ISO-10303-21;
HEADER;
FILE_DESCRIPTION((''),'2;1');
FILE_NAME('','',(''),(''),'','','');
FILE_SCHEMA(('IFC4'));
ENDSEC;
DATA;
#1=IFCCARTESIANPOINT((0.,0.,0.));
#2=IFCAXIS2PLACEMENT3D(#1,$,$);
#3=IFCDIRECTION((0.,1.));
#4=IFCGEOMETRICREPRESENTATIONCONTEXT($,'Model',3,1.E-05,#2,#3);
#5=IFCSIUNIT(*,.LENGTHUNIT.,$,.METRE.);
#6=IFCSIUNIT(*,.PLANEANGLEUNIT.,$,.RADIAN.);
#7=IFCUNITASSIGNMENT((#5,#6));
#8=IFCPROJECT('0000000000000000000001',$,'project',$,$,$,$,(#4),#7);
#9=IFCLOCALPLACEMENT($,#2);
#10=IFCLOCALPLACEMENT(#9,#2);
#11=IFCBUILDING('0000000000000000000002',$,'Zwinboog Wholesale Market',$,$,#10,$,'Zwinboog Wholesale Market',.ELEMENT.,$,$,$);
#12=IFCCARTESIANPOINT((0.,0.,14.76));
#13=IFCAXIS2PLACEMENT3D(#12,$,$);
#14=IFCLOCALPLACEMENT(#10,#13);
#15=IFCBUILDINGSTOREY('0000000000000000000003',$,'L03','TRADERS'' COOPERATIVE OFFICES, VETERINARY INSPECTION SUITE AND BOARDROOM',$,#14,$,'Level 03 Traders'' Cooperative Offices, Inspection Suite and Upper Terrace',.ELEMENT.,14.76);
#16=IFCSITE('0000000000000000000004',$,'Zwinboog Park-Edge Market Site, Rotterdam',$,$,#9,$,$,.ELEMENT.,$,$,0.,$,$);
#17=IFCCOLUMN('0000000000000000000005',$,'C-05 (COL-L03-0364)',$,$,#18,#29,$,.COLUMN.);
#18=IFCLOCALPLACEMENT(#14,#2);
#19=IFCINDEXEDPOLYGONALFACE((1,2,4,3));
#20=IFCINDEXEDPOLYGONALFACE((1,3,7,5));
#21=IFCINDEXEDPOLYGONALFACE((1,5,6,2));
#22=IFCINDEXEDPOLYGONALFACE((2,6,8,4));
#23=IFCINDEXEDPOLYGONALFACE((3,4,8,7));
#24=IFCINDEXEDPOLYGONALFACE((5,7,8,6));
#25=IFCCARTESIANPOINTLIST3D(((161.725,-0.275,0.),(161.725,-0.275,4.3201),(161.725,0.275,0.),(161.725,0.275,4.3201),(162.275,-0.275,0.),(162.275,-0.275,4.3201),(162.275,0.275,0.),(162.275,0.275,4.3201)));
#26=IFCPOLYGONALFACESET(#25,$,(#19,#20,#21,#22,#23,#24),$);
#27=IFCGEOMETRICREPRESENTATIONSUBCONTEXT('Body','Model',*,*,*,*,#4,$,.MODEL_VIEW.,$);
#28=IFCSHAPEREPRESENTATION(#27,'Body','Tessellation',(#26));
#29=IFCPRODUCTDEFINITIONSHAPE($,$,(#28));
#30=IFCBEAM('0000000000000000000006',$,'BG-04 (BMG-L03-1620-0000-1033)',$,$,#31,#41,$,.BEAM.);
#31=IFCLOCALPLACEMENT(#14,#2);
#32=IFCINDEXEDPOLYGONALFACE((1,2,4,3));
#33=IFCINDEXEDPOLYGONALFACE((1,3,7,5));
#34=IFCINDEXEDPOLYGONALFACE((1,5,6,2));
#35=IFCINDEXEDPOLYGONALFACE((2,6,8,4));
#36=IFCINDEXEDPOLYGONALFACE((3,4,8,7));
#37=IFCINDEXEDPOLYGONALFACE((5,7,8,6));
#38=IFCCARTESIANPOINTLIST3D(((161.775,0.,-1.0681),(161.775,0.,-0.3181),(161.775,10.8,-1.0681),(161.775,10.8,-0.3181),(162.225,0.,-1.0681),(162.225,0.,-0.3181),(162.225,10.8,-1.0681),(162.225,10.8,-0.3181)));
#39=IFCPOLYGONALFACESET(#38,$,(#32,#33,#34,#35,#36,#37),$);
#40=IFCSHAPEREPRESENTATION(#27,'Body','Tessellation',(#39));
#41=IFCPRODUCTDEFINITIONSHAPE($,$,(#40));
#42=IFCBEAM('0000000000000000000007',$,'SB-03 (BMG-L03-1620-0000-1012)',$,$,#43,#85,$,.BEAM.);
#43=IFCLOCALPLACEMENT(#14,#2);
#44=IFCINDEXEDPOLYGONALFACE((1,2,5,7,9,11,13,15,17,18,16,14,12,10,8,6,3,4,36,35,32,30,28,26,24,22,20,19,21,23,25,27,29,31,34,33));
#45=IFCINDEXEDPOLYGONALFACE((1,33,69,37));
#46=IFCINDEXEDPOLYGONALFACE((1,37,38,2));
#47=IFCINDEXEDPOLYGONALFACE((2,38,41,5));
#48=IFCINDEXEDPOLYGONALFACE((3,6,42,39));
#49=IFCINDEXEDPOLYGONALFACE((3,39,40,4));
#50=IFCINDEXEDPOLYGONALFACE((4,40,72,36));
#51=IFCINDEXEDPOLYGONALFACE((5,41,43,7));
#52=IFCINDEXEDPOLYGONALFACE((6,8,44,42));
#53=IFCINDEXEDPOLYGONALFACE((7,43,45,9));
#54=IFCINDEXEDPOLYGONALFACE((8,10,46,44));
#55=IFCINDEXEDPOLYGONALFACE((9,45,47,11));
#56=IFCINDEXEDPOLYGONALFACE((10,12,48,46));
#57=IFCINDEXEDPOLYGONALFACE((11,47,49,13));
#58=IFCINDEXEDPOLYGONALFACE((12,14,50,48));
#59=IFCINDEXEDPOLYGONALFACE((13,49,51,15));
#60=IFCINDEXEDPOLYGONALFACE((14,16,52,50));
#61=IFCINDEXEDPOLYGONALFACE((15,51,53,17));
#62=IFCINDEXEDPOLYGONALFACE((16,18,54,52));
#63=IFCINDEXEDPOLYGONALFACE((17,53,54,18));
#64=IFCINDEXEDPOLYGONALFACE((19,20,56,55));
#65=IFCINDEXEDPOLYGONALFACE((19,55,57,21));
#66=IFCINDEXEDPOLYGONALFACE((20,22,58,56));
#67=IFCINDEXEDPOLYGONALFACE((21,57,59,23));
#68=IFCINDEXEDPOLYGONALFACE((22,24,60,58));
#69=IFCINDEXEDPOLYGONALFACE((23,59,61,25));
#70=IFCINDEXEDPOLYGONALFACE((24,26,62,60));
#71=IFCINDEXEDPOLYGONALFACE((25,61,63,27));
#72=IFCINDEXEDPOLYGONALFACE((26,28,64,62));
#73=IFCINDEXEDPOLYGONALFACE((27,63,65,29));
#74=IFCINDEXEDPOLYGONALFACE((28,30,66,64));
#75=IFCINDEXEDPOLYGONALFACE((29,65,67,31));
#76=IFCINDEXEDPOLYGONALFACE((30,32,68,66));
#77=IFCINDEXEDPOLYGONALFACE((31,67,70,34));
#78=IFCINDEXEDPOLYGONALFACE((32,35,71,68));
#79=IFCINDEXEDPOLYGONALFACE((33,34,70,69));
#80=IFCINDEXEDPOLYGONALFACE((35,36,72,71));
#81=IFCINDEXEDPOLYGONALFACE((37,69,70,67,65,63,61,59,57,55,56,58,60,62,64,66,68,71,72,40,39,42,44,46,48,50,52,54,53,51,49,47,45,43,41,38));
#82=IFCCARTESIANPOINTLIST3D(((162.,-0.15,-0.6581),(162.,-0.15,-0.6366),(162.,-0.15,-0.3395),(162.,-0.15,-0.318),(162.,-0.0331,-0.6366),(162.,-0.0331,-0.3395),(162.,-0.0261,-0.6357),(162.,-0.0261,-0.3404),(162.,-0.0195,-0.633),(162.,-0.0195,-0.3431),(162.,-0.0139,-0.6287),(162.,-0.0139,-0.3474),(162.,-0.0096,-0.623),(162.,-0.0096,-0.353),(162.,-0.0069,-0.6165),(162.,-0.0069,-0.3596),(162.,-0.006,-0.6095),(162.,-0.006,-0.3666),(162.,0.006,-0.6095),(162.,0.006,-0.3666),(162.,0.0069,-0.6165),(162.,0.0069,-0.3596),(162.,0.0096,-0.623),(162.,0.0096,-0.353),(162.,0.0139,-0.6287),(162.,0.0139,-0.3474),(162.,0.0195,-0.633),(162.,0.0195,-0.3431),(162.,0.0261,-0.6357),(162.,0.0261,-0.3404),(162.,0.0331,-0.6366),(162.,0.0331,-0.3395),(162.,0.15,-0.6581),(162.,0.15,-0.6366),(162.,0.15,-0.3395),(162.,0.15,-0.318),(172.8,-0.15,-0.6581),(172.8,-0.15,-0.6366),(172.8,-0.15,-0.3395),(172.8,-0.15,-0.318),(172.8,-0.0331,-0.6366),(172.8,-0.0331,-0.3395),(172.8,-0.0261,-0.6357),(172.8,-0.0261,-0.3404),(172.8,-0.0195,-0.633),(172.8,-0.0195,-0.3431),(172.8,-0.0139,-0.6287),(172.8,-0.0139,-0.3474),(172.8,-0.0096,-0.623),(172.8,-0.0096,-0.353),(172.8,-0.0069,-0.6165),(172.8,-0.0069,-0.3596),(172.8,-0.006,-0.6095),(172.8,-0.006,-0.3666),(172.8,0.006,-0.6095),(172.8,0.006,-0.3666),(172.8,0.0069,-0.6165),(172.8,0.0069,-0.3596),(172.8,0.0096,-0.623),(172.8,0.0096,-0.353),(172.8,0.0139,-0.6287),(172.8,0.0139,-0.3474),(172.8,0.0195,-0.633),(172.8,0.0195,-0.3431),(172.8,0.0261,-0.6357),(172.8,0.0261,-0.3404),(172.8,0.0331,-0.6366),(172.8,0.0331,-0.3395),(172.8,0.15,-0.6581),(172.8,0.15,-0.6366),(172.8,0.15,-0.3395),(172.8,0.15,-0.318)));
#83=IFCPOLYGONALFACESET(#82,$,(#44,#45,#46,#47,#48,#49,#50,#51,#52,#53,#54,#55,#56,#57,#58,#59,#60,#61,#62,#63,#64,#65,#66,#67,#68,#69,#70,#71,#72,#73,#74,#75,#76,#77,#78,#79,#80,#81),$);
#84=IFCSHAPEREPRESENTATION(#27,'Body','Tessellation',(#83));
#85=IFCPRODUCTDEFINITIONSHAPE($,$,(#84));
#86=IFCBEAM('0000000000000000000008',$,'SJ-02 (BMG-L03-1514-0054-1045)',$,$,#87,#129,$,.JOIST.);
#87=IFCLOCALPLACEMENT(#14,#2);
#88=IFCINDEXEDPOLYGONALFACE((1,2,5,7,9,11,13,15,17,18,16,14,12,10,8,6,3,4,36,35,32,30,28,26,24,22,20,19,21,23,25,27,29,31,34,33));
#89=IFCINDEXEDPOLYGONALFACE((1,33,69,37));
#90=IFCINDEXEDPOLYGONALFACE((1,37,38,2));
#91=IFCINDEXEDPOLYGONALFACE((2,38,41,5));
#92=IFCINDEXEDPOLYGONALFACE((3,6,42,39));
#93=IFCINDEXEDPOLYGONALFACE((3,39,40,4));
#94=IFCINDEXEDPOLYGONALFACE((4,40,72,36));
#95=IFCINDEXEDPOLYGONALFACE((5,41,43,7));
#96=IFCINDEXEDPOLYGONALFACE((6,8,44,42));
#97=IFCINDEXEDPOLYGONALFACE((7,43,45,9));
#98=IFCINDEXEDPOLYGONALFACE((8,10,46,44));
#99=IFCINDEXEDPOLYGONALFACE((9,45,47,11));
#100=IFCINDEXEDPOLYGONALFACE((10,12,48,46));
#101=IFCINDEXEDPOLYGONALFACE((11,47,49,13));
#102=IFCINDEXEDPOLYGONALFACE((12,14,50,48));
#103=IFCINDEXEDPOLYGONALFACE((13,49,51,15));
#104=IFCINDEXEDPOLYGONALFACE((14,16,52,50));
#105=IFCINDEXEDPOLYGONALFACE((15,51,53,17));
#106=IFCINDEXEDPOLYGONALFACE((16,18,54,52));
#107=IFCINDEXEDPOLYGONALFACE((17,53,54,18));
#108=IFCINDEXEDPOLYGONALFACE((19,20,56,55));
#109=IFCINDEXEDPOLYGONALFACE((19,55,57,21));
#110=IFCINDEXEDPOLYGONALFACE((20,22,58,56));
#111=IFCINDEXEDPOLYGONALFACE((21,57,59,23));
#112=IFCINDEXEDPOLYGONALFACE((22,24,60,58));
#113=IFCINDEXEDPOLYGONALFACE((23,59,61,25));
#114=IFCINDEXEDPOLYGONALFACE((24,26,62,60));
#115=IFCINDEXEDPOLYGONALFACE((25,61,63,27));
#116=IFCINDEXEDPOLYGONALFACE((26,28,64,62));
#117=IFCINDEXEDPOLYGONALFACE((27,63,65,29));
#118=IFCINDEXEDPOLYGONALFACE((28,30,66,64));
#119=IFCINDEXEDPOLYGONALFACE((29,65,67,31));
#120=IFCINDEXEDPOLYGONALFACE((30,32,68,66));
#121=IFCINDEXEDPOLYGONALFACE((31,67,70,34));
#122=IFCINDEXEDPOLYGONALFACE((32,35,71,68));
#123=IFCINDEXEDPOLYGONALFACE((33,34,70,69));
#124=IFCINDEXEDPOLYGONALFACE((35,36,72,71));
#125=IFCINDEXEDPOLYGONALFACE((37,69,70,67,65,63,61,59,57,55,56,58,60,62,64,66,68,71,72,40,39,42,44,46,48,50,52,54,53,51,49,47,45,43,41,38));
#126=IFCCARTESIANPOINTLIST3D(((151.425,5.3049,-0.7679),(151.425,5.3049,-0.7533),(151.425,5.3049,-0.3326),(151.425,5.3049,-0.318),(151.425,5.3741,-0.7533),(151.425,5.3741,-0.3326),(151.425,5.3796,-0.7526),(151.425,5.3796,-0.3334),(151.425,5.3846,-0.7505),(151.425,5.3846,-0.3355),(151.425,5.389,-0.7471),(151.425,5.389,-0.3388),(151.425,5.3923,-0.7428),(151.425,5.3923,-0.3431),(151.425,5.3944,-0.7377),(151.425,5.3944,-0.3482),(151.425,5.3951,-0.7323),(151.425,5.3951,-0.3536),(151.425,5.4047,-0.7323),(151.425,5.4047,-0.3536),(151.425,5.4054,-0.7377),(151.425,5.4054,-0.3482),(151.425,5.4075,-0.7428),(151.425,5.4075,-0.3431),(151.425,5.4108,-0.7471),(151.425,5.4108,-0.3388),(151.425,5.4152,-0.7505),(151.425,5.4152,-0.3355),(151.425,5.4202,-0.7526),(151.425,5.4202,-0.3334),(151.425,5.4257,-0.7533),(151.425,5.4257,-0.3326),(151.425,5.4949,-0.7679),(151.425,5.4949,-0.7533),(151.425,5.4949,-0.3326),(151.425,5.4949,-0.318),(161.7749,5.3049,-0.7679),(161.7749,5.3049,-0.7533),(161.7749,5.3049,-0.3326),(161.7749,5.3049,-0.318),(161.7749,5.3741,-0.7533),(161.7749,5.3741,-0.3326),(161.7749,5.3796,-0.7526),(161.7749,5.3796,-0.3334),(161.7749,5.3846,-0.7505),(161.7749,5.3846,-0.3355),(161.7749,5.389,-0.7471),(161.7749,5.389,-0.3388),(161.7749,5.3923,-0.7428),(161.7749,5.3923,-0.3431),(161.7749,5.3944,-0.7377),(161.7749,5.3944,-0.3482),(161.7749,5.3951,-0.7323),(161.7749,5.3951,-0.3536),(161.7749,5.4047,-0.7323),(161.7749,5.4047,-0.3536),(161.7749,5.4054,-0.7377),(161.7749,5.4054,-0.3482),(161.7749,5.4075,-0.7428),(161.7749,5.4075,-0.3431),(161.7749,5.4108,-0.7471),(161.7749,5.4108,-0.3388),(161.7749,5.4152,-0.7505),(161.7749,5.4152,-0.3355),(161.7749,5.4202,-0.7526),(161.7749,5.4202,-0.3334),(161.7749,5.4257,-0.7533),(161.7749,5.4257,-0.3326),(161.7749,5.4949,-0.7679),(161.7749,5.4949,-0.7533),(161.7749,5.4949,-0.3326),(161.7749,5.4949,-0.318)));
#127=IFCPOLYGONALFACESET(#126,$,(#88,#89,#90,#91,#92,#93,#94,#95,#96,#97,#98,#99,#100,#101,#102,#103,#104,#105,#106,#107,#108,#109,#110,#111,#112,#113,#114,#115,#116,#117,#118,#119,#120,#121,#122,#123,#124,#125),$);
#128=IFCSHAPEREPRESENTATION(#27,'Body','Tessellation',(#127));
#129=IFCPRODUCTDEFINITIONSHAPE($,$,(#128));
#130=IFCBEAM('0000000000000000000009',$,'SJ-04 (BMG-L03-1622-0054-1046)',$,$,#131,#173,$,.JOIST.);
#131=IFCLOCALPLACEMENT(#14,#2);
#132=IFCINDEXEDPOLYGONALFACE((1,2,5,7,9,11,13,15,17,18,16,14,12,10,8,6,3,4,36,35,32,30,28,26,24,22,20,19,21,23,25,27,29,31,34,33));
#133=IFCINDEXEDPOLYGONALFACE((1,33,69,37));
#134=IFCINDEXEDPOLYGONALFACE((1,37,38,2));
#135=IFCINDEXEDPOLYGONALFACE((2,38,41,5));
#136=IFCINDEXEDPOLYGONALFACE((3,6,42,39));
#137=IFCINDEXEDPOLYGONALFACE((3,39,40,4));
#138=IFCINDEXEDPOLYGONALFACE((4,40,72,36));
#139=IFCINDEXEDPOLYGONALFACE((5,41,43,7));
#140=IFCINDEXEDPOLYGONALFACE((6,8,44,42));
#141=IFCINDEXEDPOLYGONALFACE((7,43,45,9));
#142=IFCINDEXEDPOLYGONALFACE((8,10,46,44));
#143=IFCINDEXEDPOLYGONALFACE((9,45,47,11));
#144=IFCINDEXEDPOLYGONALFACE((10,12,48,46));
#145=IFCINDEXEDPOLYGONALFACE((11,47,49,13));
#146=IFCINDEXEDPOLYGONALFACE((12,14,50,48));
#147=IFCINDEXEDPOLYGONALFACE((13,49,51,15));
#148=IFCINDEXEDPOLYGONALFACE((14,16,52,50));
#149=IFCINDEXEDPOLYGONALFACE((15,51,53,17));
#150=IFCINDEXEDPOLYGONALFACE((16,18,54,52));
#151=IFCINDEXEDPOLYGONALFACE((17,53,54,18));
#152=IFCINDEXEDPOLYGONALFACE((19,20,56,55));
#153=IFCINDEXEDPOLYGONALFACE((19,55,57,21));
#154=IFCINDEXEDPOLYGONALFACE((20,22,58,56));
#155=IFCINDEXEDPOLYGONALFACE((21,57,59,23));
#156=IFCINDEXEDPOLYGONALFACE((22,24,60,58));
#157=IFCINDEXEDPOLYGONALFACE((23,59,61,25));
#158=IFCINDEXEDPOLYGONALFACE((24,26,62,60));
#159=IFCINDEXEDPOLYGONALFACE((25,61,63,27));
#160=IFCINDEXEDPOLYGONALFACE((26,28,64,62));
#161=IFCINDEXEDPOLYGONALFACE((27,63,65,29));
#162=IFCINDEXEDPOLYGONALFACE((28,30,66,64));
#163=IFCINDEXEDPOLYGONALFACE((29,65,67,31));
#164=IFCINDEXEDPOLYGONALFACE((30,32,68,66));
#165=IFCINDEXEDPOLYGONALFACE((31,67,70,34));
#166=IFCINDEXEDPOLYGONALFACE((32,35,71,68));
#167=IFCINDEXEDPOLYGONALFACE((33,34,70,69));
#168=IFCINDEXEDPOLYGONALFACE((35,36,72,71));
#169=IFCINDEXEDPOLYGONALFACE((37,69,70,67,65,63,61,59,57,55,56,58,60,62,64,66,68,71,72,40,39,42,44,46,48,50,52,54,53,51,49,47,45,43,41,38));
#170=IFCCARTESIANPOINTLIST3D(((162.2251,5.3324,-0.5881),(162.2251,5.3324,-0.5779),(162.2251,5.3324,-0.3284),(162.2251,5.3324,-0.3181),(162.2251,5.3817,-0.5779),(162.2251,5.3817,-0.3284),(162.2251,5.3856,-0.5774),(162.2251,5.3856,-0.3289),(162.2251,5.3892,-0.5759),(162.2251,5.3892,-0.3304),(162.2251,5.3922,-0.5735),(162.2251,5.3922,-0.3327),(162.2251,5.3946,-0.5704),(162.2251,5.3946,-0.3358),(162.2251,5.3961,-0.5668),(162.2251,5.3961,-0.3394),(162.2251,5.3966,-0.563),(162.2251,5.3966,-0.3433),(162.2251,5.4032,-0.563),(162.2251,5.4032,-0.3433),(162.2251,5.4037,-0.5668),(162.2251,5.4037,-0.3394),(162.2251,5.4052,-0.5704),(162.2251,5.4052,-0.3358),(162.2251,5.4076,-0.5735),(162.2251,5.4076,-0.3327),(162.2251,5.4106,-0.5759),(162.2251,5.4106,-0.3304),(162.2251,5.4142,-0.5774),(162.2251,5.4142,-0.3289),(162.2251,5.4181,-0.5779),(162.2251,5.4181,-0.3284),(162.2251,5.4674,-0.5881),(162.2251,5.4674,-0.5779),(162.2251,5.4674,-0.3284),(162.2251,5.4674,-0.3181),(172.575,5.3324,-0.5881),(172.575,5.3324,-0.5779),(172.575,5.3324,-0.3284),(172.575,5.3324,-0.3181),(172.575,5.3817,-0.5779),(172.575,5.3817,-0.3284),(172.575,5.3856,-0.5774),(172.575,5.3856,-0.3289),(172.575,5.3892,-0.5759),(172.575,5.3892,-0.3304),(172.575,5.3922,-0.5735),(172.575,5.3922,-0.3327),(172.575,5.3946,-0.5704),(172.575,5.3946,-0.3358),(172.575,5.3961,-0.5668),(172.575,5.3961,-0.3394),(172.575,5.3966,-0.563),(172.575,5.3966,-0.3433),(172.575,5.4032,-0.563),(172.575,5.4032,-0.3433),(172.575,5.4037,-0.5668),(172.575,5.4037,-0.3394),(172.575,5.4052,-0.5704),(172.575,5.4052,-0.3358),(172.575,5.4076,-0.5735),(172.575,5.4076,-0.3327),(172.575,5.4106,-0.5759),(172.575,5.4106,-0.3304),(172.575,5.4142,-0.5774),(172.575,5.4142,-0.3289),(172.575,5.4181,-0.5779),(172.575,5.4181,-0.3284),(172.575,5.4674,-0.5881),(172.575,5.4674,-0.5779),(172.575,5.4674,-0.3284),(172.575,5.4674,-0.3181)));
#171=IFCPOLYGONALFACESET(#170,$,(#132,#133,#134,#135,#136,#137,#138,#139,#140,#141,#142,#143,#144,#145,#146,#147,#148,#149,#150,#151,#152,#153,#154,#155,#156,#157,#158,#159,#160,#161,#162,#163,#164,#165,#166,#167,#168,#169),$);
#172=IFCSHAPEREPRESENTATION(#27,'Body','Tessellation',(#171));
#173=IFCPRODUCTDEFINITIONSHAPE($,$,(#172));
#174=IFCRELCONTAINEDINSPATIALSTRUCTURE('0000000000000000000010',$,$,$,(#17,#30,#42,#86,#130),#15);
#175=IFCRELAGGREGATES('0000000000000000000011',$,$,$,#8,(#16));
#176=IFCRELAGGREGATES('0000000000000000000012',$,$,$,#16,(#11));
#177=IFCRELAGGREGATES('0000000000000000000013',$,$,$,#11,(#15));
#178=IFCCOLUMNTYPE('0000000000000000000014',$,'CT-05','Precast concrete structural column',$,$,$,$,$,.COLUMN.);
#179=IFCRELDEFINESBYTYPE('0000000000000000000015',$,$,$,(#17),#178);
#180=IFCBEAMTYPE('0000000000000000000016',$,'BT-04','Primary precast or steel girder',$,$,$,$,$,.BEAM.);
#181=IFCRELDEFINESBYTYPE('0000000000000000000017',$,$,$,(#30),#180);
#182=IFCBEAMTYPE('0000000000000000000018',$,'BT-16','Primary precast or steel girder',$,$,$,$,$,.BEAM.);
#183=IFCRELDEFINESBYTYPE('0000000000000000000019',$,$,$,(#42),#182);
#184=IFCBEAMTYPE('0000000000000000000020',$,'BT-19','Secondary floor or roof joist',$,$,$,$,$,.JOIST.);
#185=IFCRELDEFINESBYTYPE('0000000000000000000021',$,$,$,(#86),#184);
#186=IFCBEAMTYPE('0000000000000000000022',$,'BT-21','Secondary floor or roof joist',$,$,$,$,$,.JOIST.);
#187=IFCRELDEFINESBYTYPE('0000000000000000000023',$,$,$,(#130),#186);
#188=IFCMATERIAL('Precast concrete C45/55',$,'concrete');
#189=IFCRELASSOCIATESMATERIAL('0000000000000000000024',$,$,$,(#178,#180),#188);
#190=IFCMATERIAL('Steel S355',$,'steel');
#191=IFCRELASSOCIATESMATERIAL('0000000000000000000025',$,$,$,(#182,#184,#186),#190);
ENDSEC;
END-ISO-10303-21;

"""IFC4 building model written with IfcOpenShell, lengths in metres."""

from ifc_helpers import new_model, si_unit, direction, frame, origin, origin_2d, place, context, subcontext, project, spatial, rectangle, i_section, extrude, material, material_profile, profile_set, type_object, element, save


model = new_model("IFC4")

# Units and contexts
model_context = context("Model", 3, precision=1e-05, world=origin(), true_north=direction((0.0, 1.0)))
body_context = subcontext(model_context, "Body", "Model", "MODEL_VIEW")
ifc_project = project(units=[si_unit("LENGTHUNIT", "METRE"), si_unit("PLANEANGLEUNIT", "RADIAN")], contexts=[model_context])

# Site, building, storey
site_placement = place(None, origin())
site = spatial("IfcSite", under=ifc_project, at=site_placement, Name="Zwinboog Park-Edge Market Site, Rotterdam", CompositionType="ELEMENT", RefElevation=0.0)
building_placement = place(site_placement, origin())
building = spatial("IfcBuilding", under=site, at=building_placement, Name="Zwinboog Wholesale Market", LongName="Zwinboog Wholesale Market", CompositionType="ELEMENT")
storey_placement = place(building_placement, frame((0.0, 0.0, 14.76)))
storey = spatial("IfcBuildingStorey", under=building, at=storey_placement, Name="L03", Description="TRADERS' COOPERATIVE OFFICES, VETERINARY INSPECTION SUITE AND BOARDROOM", LongName="Level 03 Traders' Cooperative Offices, Inspection Suite and Upper Terrace", CompositionType="ELEMENT", Elevation=14.76)

# Column
ifc_material_1 = material(Name="Precast concrete C45/55", Category="concrete")
ifc_material_profile_1 = material_profile(ifc_material_1, rectangle(XDim=0.55, YDim=0.55, at=origin_2d()), Name="PC 550x550")
ifc_profile_set_1 = profile_set([ifc_material_profile_1], Name="Precast concrete C45/55")
column_type = type_object("IfcColumnType", Name="CT-05", Description="Precast concrete structural column", PredefinedType="COLUMN", material=ifc_profile_set_1)
column_placement = place(storey_placement, frame((162.0, 0.0, 0.0), z_axis=(0.0, 0.0, 1.0), x_axis=(1.0, 0.0, 0.0)))
element("IfcColumn", 1, at=column_placement, inside=storey, type_object=column_type, Name="C-05 (COL-L03-0364)", PredefinedType="COLUMN", context=body_context, shape_type="SweptSolid", body=[
    extrude(rectangle(XDim=0.55, YDim=0.55, at=origin_2d()), origin(), (0.0, 0.0, 1.0), 4.3201),
])

# Beams
ifc_material_profile_2 = material_profile(ifc_material_1, rectangle(XDim=0.45, YDim=0.75, at=origin_2d()), Name="PC 450x750")
ifc_profile_set_2 = profile_set([ifc_material_profile_2], Name="Precast concrete C45/55")
beam_type_1 = type_object("IfcBeamType", Name="BT-04", Description="Primary precast or steel girder", PredefinedType="BEAM", material=ifc_profile_set_2)
beam_1_placement = place(storey_placement, frame((162.0, 0.0, -0.6931), z_axis=(0.0, 1.0, 0.0), x_axis=(-1.0, 0.0, 0.0)))
element("IfcBeam", 2, at=beam_1_placement, inside=storey, type_object=beam_type_1, Name="BG-04 (BMG-L03-1620-0000-1033)", PredefinedType="BEAM", context=body_context, shape_type="SweptSolid", body=[
    extrude(rectangle(XDim=0.45, YDim=0.75, at=origin_2d()), origin(), (0.0, 0.0, 1.0), 10.8),
])
ifc_material_2 = material(Name="Steel S355", Category="steel")
ifc_material_profile_3 = material_profile(ifc_material_2, i_section(OverallWidth=0.3, OverallDepth=0.3401, WebThickness=0.012, FlangeThickness=0.0215, FilletRadius=0.0271, at=origin_2d()), Name="HEB 340")
ifc_profile_set_3 = profile_set([ifc_material_profile_3], Name="Steel S355")
beam_type_2 = type_object("IfcBeamType", Name="BT-16", Description="Primary precast or steel girder", PredefinedType="BEAM", material=ifc_profile_set_3)
beam_2_placement = place(storey_placement, frame((162.0, 0.0, -0.488), z_axis=(1.0, 0.0, 0.0), x_axis=(0.0, 1.0, 0.0)))
element("IfcBeam", 3, at=beam_2_placement, inside=storey, type_object=beam_type_2, Name="SB-03 (BMG-L03-1620-0000-1012)", PredefinedType="BEAM", context=body_context, shape_type="SweptSolid", body=[
    extrude(i_section(OverallWidth=0.3, OverallDepth=0.3401, WebThickness=0.012, FlangeThickness=0.0215, FilletRadius=0.0271, at=origin_2d()), origin(), (0.0, 0.0, 1.0), 10.8),
])
ifc_material_profile_4 = material_profile(ifc_material_2, i_section(OverallWidth=0.1899, OverallDepth=0.45, WebThickness=0.0095, FlangeThickness=0.0146, FilletRadius=0.021, at=origin_2d()), Name="IPE 450")
ifc_profile_set_4 = profile_set([ifc_material_profile_4], Name="Steel S355")
beam_type_3 = type_object("IfcBeamType", Name="BT-19", Description="Secondary floor or roof joist", PredefinedType="JOIST", material=ifc_profile_set_4)
beam_3_placement = place(storey_placement, frame((151.425, 5.3999, -0.543), z_axis=(1.0, 0.0, 0.0), x_axis=(0.0, 1.0, 0.0)))
element("IfcBeam", 4, at=beam_3_placement, inside=storey, type_object=beam_type_3, Name="SJ-02 (BMG-L03-1514-0054-1045)", PredefinedType="JOIST", context=body_context, shape_type="SweptSolid", body=[
    extrude(i_section(OverallWidth=0.1899, OverallDepth=0.45, WebThickness=0.0095, FlangeThickness=0.0146, FilletRadius=0.021, at=origin_2d()), origin(), (0.0, 0.0, 1.0), 10.3499),
])
ifc_material_profile_5 = material_profile(ifc_material_2, i_section(OverallWidth=0.135, OverallDepth=0.27, WebThickness=0.0066, FlangeThickness=0.0103, FilletRadius=0.0149, at=origin_2d()), Name="IPE 270")
ifc_profile_set_5 = profile_set([ifc_material_profile_5], Name="Steel S355")
beam_type_4 = type_object("IfcBeamType", Name="BT-21", Description="Secondary floor or roof joist", PredefinedType="JOIST", material=ifc_profile_set_5)
beam_4_placement = place(storey_placement, frame((162.2251, 5.3999, -0.4531), z_axis=(1.0, 0.0, 0.0), x_axis=(0.0, 1.0, 0.0)))
element("IfcBeam", 5, at=beam_4_placement, inside=storey, type_object=beam_type_4, Name="SJ-04 (BMG-L03-1622-0054-1046)", PredefinedType="JOIST", context=body_context, shape_type="SweptSolid", body=[
    extrude(i_section(OverallWidth=0.135, OverallDepth=0.27, WebThickness=0.0066, FlangeThickness=0.0103, FilletRadius=0.0149, at=origin_2d()), origin(), (0.0, 0.0, 1.0), 10.3499),
])

save(model, "model.ifc")
